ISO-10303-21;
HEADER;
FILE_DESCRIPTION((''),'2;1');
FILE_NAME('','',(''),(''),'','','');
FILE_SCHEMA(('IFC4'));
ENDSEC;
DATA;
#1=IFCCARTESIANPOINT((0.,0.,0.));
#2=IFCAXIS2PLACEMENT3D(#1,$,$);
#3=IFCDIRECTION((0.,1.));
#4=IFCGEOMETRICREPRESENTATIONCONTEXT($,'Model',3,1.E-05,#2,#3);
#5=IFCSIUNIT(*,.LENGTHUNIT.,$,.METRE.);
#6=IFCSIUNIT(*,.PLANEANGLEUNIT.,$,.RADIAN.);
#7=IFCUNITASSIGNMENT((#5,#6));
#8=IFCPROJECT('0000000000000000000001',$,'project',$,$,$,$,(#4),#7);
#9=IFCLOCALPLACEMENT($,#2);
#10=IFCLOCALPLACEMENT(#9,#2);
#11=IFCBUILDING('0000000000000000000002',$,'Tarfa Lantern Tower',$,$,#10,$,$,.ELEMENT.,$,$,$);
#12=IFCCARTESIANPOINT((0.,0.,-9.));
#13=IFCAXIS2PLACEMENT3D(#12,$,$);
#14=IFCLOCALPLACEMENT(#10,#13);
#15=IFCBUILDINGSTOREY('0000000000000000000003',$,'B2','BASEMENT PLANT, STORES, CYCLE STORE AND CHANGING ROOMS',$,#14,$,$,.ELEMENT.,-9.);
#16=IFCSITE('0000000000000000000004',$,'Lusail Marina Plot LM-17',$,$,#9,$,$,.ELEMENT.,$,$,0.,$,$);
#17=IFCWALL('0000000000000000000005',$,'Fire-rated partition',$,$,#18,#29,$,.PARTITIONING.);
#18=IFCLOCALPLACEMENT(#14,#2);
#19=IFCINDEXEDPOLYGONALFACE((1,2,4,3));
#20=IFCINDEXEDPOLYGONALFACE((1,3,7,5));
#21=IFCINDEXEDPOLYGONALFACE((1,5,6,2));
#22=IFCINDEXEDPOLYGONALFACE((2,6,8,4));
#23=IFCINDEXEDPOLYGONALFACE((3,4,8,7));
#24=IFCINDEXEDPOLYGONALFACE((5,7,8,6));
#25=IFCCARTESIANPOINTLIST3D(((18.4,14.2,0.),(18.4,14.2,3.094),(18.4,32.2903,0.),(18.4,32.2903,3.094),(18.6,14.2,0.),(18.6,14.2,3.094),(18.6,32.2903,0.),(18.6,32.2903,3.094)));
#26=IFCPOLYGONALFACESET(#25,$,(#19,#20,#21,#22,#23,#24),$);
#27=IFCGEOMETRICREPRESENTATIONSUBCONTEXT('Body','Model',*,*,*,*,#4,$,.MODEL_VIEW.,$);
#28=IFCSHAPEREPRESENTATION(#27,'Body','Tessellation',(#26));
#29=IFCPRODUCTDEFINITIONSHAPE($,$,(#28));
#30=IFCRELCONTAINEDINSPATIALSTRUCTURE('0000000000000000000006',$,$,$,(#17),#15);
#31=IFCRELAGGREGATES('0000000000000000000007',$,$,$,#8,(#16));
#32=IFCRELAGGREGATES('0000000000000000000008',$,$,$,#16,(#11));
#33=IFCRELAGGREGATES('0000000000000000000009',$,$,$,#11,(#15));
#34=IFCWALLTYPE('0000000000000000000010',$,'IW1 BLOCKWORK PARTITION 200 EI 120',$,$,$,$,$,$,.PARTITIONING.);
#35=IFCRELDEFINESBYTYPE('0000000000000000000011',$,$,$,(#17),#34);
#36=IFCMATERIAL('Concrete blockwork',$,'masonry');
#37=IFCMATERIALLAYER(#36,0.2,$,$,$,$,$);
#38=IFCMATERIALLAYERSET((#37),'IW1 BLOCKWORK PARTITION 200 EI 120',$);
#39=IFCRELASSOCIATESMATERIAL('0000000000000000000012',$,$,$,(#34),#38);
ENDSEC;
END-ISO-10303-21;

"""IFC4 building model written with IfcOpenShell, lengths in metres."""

from ifc_helpers import new_model, si_unit, direction, frame, frame_2d, origin, place, context, subcontext, project, spatial, rectangle, extrude, material, layer, layer_set, type_object, element, save


model = new_model("IFC4")

# Units and contexts
model_context = context("Model", 3, precision=1e-05, world=origin(), true_north=direction((0.0, 1.0)))
body_context = subcontext(model_context, "Body", "Model", "MODEL_VIEW")
ifc_project = project(units=[si_unit("LENGTHUNIT", "METRE"), si_unit("PLANEANGLEUNIT", "RADIAN")], contexts=[model_context])

# Site, building, storey
site_placement = place(None, origin())
site = spatial("IfcSite", under=ifc_project, at=site_placement, Name="Lusail Marina Plot LM-17", CompositionType="ELEMENT", RefElevation=0.0)
building_placement = place(site_placement, origin())
building = spatial("IfcBuilding", under=site, at=building_placement, Name="Tarfa Lantern Tower", CompositionType="ELEMENT")
storey_placement = place(building_placement, frame((0.0, 0.0, -9.0)))
storey = spatial("IfcBuildingStorey", under=building, at=storey_placement, Name="B2", Description="BASEMENT PLANT, STORES, CYCLE STORE AND CHANGING ROOMS", CompositionType="ELEMENT", Elevation=-9.0)

# Wall
ifc_material_1 = material(Name="Concrete blockwork", Category="masonry")
ifc_layer = layer(ifc_material_1, 0.2)
ifc_layer_set = layer_set([ifc_layer], Name="IW1 BLOCKWORK PARTITION 200 EI 120")
wall_type = type_object("IfcWallType", Name="IW1 BLOCKWORK PARTITION 200 EI 120", PredefinedType="PARTITIONING", material=ifc_layer_set)
wall_placement = place(storey_placement, frame((18.5, 14.2, 0.0), z_axis=(0.0, 0.0, 1.0), x_axis=(0.0, 1.0, 0.0)))
element("IfcWall", 1, at=wall_placement, inside=storey, type_object=wall_type, Name="Fire-rated partition", PredefinedType="PARTITIONING", context=body_context, shape_type="SweptSolid", body=[
    extrude(rectangle(XDim=18.0903, YDim=0.2, at=frame_2d((9.0452, 0.0))), origin(), (0.0, 0.0, 1.0), 3.094),
])

save(model, "model.ifc")
